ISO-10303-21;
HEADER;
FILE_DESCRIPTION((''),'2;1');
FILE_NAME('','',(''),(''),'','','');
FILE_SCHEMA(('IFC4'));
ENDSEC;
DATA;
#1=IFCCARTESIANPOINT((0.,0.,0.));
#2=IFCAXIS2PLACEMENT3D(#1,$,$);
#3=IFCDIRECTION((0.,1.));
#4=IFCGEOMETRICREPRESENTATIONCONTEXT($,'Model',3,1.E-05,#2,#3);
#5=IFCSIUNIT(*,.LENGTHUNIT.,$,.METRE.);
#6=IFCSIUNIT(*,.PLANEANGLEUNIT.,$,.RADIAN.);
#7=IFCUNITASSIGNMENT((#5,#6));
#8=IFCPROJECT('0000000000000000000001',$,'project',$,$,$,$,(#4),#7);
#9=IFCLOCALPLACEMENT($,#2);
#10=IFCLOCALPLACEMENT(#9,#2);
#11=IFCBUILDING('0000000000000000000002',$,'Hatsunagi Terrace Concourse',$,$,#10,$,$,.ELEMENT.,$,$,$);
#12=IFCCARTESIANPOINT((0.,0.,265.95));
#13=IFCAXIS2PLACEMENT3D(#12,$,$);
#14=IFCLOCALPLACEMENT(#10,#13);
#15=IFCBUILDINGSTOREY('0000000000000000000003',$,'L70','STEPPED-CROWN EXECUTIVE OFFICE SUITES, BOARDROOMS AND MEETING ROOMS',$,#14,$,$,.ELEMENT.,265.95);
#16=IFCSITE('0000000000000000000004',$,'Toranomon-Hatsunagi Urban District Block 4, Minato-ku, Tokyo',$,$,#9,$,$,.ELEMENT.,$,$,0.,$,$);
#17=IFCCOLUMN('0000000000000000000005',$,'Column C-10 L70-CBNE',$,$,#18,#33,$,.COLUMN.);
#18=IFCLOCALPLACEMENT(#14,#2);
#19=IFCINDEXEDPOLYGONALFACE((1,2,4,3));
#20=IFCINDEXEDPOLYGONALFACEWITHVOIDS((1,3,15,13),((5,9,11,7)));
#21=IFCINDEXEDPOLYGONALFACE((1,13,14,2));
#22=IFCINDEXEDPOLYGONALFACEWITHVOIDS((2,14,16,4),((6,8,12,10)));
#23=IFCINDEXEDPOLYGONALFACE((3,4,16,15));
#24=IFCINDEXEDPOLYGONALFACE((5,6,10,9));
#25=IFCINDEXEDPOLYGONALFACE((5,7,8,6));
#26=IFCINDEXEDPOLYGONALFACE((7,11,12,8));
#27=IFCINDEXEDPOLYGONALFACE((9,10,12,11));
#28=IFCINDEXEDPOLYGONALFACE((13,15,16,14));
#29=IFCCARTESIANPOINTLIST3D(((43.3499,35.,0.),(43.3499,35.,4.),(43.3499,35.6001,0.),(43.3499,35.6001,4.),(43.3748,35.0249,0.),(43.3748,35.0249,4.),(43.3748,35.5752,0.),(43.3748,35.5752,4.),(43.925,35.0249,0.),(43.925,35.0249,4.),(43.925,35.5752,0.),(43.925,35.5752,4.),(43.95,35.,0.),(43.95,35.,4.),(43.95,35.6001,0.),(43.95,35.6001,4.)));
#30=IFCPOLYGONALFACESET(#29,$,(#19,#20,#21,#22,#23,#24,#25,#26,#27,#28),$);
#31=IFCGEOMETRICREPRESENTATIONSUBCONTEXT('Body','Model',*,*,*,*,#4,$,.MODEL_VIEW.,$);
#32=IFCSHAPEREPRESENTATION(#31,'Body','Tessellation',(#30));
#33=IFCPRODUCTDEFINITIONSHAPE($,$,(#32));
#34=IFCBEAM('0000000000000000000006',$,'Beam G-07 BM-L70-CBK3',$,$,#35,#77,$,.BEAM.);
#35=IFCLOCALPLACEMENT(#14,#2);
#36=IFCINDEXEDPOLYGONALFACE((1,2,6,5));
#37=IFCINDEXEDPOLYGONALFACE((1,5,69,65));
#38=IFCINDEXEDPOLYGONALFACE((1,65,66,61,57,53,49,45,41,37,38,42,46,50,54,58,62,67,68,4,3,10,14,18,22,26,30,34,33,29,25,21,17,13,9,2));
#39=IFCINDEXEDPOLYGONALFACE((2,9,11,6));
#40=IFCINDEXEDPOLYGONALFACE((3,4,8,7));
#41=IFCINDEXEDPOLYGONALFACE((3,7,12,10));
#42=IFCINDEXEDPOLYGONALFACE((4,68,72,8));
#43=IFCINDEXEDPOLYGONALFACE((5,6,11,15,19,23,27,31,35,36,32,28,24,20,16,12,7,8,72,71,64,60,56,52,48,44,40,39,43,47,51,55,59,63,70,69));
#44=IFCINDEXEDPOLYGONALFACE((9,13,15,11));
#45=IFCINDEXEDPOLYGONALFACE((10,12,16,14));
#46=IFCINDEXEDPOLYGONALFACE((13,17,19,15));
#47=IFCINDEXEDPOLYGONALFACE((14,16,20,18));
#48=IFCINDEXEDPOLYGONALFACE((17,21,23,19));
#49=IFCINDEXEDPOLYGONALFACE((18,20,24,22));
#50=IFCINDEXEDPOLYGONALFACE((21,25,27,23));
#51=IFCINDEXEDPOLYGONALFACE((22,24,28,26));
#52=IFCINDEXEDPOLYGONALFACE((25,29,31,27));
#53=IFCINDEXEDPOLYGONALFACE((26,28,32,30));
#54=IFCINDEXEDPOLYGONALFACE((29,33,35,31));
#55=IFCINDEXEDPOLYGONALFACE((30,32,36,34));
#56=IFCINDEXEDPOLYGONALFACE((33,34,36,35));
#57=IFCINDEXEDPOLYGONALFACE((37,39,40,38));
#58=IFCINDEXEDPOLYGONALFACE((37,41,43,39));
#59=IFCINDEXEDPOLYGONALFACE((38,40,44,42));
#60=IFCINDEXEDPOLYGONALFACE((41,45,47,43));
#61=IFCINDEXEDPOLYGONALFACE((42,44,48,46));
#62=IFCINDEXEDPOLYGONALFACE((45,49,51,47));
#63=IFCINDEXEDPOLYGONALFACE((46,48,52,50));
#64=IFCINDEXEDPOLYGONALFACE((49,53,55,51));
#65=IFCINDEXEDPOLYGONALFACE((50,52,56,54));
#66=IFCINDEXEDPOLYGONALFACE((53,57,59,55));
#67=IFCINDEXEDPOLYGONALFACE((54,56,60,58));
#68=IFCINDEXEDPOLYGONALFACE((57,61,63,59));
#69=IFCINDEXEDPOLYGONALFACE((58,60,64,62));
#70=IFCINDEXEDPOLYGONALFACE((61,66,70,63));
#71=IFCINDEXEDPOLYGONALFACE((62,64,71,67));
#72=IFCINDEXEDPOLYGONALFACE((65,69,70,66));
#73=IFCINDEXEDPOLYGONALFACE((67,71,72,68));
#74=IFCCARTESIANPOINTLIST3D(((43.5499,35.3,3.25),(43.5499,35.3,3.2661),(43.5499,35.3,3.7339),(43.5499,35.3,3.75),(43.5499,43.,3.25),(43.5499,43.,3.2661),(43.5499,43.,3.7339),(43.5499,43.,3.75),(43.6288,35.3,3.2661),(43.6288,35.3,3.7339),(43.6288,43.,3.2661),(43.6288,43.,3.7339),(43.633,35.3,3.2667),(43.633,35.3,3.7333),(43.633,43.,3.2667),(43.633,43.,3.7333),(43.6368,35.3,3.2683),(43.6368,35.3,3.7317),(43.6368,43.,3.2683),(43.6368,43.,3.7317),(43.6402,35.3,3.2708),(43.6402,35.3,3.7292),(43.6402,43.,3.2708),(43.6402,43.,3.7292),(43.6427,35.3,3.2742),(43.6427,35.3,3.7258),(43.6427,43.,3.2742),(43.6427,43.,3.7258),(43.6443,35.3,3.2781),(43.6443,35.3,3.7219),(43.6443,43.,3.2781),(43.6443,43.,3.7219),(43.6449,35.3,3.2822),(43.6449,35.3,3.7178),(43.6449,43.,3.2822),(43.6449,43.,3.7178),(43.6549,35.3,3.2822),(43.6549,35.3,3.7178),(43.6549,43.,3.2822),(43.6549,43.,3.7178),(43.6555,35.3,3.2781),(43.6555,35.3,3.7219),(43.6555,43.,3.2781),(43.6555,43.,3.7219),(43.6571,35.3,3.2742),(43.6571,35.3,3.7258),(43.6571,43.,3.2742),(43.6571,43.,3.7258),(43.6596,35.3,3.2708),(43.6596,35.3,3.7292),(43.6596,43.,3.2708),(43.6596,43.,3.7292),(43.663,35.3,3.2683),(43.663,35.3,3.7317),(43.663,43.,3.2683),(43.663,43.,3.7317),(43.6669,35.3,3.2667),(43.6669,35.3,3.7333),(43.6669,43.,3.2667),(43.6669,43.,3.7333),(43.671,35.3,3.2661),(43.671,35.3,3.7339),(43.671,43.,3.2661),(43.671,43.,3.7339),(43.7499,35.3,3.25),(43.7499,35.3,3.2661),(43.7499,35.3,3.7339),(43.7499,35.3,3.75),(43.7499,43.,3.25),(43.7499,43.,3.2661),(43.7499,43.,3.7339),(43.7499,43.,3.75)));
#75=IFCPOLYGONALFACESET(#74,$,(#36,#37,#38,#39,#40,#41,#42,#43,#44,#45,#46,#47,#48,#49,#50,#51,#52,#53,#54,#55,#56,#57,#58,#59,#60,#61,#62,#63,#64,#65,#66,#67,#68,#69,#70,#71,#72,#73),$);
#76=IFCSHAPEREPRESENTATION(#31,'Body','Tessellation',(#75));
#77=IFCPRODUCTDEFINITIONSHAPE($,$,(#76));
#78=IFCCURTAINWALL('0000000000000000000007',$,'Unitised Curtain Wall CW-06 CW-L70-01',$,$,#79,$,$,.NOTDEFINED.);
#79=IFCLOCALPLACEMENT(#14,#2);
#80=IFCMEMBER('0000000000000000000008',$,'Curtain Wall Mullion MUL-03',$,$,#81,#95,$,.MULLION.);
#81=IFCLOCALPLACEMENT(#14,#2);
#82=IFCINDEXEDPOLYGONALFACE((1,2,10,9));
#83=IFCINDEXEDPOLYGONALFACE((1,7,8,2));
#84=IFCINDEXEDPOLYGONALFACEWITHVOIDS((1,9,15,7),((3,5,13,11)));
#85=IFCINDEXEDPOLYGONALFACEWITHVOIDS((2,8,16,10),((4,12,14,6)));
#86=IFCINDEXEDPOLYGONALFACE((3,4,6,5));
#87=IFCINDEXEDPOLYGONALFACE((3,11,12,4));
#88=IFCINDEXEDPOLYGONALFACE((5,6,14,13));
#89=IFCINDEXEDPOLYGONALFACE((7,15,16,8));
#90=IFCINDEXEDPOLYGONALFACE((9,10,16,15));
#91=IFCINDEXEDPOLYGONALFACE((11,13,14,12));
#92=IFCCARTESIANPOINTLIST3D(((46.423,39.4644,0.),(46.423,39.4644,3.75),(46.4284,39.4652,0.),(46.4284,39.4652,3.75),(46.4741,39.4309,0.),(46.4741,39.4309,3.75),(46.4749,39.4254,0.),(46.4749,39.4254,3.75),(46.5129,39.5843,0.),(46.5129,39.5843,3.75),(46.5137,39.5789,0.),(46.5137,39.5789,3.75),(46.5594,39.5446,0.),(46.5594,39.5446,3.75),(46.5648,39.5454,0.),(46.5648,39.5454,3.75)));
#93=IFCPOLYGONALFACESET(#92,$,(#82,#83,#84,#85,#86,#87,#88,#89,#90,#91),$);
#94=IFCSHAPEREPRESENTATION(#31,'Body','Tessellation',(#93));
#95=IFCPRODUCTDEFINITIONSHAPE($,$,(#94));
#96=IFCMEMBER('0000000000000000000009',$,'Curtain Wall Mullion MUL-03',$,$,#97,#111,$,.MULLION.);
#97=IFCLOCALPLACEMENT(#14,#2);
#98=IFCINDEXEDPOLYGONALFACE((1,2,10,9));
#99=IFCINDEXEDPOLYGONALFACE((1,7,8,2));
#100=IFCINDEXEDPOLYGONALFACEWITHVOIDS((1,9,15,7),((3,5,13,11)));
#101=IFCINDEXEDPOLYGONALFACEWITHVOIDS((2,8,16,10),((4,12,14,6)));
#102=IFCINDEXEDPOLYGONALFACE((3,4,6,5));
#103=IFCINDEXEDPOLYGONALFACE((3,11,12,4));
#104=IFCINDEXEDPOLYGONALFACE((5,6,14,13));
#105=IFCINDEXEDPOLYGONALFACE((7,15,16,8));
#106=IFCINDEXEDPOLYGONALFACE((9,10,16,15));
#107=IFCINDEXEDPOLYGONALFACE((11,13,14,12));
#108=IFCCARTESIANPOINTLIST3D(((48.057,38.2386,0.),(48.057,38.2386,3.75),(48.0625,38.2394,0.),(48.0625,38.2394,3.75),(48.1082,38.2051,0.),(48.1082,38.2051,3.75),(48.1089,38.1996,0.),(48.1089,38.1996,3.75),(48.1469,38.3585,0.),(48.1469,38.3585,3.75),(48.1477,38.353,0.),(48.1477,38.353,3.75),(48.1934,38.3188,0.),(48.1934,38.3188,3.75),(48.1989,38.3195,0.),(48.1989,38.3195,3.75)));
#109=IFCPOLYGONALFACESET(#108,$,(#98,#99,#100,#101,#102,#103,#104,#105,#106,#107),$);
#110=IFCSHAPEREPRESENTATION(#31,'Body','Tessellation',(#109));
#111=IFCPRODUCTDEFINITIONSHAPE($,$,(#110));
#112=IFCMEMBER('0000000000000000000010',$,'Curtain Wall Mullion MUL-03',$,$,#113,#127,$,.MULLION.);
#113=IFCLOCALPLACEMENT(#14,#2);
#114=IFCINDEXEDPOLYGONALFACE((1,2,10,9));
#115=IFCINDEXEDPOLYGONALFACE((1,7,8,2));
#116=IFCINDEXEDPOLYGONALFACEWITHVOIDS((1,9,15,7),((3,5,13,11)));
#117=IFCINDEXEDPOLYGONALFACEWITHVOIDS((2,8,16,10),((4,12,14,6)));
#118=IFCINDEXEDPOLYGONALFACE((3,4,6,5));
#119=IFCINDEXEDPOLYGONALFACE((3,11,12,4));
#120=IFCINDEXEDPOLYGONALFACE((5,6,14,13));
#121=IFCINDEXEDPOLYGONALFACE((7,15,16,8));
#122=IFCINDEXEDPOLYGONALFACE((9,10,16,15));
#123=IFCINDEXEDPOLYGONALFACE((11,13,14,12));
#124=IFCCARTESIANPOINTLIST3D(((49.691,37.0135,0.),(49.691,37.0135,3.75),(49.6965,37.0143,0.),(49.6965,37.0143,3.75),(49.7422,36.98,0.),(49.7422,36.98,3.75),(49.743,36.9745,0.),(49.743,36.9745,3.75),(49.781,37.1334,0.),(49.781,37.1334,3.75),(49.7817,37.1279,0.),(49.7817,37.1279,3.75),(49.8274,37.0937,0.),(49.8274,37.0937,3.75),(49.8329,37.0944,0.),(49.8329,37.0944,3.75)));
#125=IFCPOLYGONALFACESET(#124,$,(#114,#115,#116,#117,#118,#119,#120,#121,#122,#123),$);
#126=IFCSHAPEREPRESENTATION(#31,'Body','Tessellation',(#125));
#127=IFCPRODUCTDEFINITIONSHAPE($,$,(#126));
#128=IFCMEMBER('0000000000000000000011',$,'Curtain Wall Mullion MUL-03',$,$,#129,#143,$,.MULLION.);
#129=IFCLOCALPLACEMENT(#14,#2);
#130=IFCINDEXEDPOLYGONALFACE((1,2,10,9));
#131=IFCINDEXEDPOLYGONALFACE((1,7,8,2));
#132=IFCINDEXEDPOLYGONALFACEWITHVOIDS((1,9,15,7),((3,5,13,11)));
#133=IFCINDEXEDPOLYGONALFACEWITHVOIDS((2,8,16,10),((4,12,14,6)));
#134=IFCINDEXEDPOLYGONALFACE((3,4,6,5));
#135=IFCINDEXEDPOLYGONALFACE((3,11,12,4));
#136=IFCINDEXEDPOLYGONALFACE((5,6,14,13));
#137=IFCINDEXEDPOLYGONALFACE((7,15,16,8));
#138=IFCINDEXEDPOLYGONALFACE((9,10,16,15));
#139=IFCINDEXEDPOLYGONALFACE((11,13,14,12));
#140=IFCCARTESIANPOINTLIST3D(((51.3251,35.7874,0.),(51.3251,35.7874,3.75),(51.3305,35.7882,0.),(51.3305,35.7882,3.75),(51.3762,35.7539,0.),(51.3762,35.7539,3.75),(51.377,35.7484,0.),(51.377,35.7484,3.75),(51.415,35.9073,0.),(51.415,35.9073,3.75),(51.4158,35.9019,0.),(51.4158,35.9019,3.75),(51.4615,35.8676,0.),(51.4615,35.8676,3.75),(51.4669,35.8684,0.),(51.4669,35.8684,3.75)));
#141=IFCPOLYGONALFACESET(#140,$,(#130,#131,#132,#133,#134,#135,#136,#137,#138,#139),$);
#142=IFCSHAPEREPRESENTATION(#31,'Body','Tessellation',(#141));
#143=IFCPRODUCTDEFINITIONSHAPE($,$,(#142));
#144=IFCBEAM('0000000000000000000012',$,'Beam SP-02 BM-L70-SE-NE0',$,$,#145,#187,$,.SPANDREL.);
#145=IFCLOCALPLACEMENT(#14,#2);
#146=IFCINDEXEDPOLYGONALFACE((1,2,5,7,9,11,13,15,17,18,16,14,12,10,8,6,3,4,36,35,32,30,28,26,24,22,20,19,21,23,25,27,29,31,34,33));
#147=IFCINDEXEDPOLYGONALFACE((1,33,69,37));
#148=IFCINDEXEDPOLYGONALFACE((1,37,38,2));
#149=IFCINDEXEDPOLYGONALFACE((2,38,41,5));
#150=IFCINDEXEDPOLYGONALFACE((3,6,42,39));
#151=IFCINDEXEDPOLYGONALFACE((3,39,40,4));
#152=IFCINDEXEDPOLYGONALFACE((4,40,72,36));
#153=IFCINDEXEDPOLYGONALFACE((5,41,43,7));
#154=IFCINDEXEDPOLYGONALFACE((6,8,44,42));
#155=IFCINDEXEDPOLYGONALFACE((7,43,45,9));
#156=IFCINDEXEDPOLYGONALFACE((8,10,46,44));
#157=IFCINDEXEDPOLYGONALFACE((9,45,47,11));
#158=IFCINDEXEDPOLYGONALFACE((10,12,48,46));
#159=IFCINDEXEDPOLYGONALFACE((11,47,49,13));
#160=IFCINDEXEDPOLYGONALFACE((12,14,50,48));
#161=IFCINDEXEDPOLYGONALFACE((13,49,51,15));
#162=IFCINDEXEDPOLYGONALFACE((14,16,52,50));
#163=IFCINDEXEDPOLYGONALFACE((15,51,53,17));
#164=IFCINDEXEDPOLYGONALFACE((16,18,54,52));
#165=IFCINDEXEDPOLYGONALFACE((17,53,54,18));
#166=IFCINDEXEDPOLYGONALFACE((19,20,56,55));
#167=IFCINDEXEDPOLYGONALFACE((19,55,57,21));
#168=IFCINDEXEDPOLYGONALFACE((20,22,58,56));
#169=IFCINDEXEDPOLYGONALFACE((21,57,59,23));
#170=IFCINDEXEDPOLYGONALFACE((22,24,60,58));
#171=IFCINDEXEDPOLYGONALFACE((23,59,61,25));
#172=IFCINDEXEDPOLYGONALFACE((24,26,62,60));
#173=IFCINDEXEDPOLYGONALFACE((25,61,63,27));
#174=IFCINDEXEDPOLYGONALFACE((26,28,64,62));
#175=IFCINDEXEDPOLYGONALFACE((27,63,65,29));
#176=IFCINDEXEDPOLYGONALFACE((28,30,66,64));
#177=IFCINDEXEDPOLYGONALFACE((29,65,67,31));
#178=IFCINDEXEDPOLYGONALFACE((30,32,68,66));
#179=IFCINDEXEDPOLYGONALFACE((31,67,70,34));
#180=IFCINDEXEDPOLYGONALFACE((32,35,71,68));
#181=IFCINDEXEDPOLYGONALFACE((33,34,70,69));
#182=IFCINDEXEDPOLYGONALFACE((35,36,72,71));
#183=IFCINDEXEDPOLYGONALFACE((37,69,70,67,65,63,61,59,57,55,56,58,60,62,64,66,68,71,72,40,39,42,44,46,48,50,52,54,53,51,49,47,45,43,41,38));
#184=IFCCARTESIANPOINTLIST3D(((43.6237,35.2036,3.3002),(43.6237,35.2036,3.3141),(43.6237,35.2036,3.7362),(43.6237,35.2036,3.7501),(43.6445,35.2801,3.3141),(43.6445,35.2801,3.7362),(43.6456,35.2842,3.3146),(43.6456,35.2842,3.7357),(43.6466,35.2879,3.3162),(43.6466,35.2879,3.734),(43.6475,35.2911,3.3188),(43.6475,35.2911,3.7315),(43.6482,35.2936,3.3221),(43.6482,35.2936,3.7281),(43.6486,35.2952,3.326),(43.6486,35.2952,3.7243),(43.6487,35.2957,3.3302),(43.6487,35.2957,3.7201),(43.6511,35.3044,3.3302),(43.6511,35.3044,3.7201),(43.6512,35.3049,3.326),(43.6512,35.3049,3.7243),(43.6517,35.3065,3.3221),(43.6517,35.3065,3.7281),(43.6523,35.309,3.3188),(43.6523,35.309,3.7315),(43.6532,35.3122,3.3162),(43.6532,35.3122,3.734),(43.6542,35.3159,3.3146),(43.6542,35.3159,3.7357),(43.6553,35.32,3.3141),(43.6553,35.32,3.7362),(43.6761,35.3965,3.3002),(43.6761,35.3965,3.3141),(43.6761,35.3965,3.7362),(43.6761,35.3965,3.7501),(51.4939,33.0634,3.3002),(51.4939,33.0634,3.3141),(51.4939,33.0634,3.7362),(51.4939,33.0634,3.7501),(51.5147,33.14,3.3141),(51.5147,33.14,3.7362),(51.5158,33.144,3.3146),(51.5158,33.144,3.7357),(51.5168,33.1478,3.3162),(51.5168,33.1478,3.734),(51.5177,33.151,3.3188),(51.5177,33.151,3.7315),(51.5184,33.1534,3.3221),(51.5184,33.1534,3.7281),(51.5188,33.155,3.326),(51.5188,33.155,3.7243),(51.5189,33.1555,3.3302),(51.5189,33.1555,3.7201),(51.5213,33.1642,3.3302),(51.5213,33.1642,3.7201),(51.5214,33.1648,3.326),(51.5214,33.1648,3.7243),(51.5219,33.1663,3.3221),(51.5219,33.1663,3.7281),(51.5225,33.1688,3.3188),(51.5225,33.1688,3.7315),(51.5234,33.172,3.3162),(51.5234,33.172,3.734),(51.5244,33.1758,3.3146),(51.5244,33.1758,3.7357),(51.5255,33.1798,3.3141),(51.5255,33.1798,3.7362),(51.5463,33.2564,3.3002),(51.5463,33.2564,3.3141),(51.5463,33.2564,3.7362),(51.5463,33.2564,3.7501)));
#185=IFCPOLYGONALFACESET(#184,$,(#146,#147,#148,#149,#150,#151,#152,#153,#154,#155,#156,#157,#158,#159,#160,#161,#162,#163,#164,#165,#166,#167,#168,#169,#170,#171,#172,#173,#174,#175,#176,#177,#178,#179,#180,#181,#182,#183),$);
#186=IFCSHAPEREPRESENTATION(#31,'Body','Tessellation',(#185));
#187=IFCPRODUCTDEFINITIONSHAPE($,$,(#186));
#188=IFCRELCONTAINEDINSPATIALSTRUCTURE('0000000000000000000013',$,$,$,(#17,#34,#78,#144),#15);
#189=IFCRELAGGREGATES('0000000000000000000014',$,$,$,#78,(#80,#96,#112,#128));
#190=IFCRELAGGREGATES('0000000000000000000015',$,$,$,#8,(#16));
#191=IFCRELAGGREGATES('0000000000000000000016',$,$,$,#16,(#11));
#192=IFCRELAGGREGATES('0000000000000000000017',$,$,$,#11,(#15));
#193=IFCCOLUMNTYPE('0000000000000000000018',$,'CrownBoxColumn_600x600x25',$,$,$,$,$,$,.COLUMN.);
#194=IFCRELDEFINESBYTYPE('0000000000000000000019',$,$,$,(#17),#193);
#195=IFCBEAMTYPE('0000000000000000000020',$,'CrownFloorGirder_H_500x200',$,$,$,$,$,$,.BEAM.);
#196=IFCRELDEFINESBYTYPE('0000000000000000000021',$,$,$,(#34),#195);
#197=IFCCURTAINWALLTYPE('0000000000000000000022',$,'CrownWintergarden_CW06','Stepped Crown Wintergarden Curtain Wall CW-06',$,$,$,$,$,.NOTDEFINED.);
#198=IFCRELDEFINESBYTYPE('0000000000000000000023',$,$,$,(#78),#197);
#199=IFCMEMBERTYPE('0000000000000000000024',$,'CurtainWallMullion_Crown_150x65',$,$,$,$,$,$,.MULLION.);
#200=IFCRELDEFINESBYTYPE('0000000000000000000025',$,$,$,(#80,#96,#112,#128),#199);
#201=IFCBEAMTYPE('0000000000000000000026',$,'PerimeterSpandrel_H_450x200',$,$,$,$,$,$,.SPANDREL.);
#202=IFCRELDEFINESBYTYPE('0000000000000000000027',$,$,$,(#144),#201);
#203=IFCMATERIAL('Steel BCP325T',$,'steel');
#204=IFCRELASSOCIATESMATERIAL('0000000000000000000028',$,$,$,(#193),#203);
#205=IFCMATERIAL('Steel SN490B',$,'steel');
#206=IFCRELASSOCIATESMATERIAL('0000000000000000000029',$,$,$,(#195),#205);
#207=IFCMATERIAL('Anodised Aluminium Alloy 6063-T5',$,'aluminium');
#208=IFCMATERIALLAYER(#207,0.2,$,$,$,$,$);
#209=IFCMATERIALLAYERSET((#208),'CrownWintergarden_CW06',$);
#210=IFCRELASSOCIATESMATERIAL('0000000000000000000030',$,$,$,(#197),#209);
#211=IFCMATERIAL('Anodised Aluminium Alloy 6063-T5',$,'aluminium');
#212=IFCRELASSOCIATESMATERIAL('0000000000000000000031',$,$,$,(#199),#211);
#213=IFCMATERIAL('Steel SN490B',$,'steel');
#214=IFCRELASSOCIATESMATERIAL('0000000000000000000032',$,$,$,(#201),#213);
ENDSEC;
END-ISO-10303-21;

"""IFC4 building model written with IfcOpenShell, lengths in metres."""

from ifc_helpers import new_model, si_unit, direction, frame, origin, origin_2d, place, context, subcontext, project, spatial, hollow_rectangle, i_section, extrude, material, layer, layer_set, material_profile, profile_set, type_object, element, aggregate, save


model = new_model("IFC4")

# Units and contexts
model_context = context("Model", 3, precision=1e-05, world=origin(), true_north=direction((0.0, 1.0)))
body_context = subcontext(model_context, "Body", "Model", "MODEL_VIEW")
ifc_project = project(units=[si_unit("LENGTHUNIT", "METRE"), si_unit("PLANEANGLEUNIT", "RADIAN")], contexts=[model_context])

# Site, building, storey
site_placement = place(None, origin())
site = spatial("IfcSite", under=ifc_project, at=site_placement, Name="Toranomon-Hatsunagi Urban District Block 4, Minato-ku, Tokyo", CompositionType="ELEMENT", RefElevation=0.0)
building_placement = place(site_placement, origin())
building = spatial("IfcBuilding", under=site, at=building_placement, Name="Hatsunagi Terrace Concourse", CompositionType="ELEMENT")
storey_placement = place(building_placement, frame((0.0, 0.0, 265.95)))
storey = spatial("IfcBuildingStorey", under=building, at=storey_placement, Name="L70", Description="STEPPED-CROWN EXECUTIVE OFFICE SUITES, BOARDROOMS AND MEETING ROOMS", CompositionType="ELEMENT", Elevation=265.95)

# Column
ifc_material_1 = material(Name="Steel BCP325T", Category="steel")
ifc_material_profile_1 = material_profile(ifc_material_1, hollow_rectangle(XDim=0.6001, YDim=0.6001, WallThickness=0.0249, at=origin_2d()), Name="BCP-600x600x25")
ifc_profile_set_1 = profile_set([ifc_material_profile_1], Name="Steel BCP325T")
column_type = type_object("IfcColumnType", Name="CrownBoxColumn_600x600x25", PredefinedType="COLUMN", material=ifc_profile_set_1)
column_placement = place(storey_placement, frame((43.6499, 35.3, 0.0), z_axis=(0.0, 0.0, 1.0), x_axis=(1.0, 0.0, 0.0)))
element("IfcColumn", 1, at=column_placement, inside=storey, type_object=column_type, Name="Column C-10 L70-CBNE", PredefinedType="COLUMN", context=body_context, shape_type="SweptSolid", body=[
    extrude(hollow_rectangle(XDim=0.6001, YDim=0.6001, WallThickness=0.0249, at=origin_2d()), origin(), (0.0, 0.0, 1.0), 4.0),
])

# Beam
ifc_material_2 = material(Name="Steel SN490B", Category="steel")
ifc_material_profile_2 = material_profile(ifc_material_2, i_section(OverallWidth=0.2, OverallDepth=0.5, WebThickness=0.01, FlangeThickness=0.0161, FilletRadius=0.0161, at=origin_2d()), Name="H-500x200x10x16")
ifc_profile_set_2 = profile_set([ifc_material_profile_2], Name="Steel SN490B")
beam_type_1 = type_object("IfcBeamType", Name="CrownFloorGirder_H_500x200", PredefinedType="BEAM", material=ifc_profile_set_2)
beam_1_placement = place(storey_placement, frame((43.6499, 35.3, 3.5), z_axis=(0.0, 1.0, 0.0), x_axis=(-1.0, 0.0, 0.0)))
element("IfcBeam", 2, at=beam_1_placement, inside=storey, type_object=beam_type_1, Name="Beam G-07 BM-L70-CBK3", PredefinedType="BEAM", context=body_context, shape_type="SweptSolid", body=[
    extrude(i_section(OverallWidth=0.2, OverallDepth=0.5, WebThickness=0.01, FlangeThickness=0.0161, FilletRadius=0.0161, at=origin_2d()), origin(), (0.0, 0.0, 1.0), 7.7),
])

# Curtain wall, members
ifc_material_3 = material(Name="Anodised Aluminium Alloy 6063-T5", Category="aluminium")
ifc_layer_1 = layer(ifc_material_3, 0.2)
ifc_layer_set_1 = layer_set([ifc_layer_1], Name="CrownWintergarden_CW06")
curtain_wall_type = type_object("IfcCurtainWallType", Name="CrownWintergarden_CW06", Description="Stepped Crown Wintergarden Curtain Wall CW-06", PredefinedType="NOTDEFINED", material=ifc_layer_set_1)
curtain_wall_placement = place(storey_placement, origin())
curtain_wall = element("IfcCurtainWall", 3, at=curtain_wall_placement, inside=storey, type_object=curtain_wall_type, Name="Unitised Curtain Wall CW-06 CW-L70-01", PredefinedType="NOTDEFINED")
ifc_material_4 = material(Name="Anodised Aluminium Alloy 6063-T5", Category="aluminium")
ifc_material_profile_3 = material_profile(ifc_material_4, hollow_rectangle(XDim=0.0649, YDim=0.1499, WallThickness=0.0039, at=origin_2d()), Name="ALU-MUL-150x65x4")
ifc_profile_set_3 = profile_set([ifc_material_profile_3], Name="Anodised Aluminium Alloy 6063-T5")
member_type = type_object("IfcMemberType", Name="CurtainWallMullion_Crown_150x65", PredefinedType="MULLION", material=ifc_profile_set_3)
member_1_placement = place(storey_placement, frame((46.4939, 39.5049, 0.0), z_axis=(0.0, 0.0, 1.0), x_axis=(0.800023, -0.599969, 0.0)))
member_1 = element("IfcMember", 4, at=member_1_placement, type_object=member_type, Name="Curtain Wall Mullion MUL-03", PredefinedType="MULLION", context=body_context, shape_type="SweptSolid", body=[
    extrude(hollow_rectangle(XDim=0.0649, YDim=0.1499, WallThickness=0.0039, at=origin_2d()), origin(), (0.0, 0.0, 1.0), 3.75),
])
member_2_placement = place(storey_placement, frame((48.1279, 38.2791, 0.0), z_axis=(0.0, 0.0, 1.0), x_axis=(0.800023, -0.599969, 0.0)))
member_2 = element("IfcMember", 5, at=member_2_placement, type_object=member_type, Name="Curtain Wall Mullion MUL-03", PredefinedType="MULLION", context=body_context, shape_type="SweptSolid", body=[
    extrude(hollow_rectangle(XDim=0.0649, YDim=0.1499, WallThickness=0.0039, at=origin_2d()), origin(), (0.0, 0.0, 1.0), 3.75),
])
member_3_placement = place(storey_placement, frame((49.762, 37.054, 0.0), z_axis=(0.0, 0.0, 1.0), x_axis=(0.800023, -0.599969, 0.0)))
member_3 = element("IfcMember", 6, at=member_3_placement, type_object=member_type, Name="Curtain Wall Mullion MUL-03", PredefinedType="MULLION", context=body_context, shape_type="SweptSolid", body=[
    extrude(hollow_rectangle(XDim=0.0649, YDim=0.1499, WallThickness=0.0039, at=origin_2d()), origin(), (0.0, 0.0, 1.0), 3.75),
])
member_4_placement = place(storey_placement, frame((51.396, 35.8279, 0.0), z_axis=(0.0, 0.0, 1.0), x_axis=(0.800023, -0.599969, 0.0)))
member_4 = element("IfcMember", 7, at=member_4_placement, type_object=member_type, Name="Curtain Wall Mullion MUL-03", PredefinedType="MULLION", context=body_context, shape_type="SweptSolid", body=[
    extrude(hollow_rectangle(XDim=0.0649, YDim=0.1499, WallThickness=0.0039, at=origin_2d()), origin(), (0.0, 0.0, 1.0), 3.75),
])

# Beam
ifc_material_5 = material(Name="Steel SN490B", Category="steel")
ifc_material_profile_4 = material_profile(ifc_material_5, i_section(OverallWidth=0.2, OverallDepth=0.45, WebThickness=0.009, FlangeThickness=0.0139, FilletRadius=0.0161, at=origin_2d()), Name="H-450x200x9x14")
ifc_profile_set_4 = profile_set([ifc_material_profile_4], Name="Steel SN490B")
beam_type_2 = type_object("IfcBeamType", Name="PerimeterSpandrel_H_450x200", PredefinedType="SPANDREL", material=ifc_profile_set_4)
beam_2_placement = place(storey_placement, frame((43.6499, 35.3, 3.5251), z_axis=(0.964958, -0.262403, 0.0), x_axis=(0.262403, 0.964958, 0.0)))
element("IfcBeam", 8, at=beam_2_placement, inside=storey, type_object=beam_type_2, Name="Beam SP-02 BM-L70-SE-NE0", PredefinedType="SPANDREL", context=body_context, shape_type="SweptSolid", body=[
    extrude(i_section(OverallWidth=0.2, OverallDepth=0.45, WebThickness=0.009, FlangeThickness=0.0139, FilletRadius=0.0161, at=origin_2d()), origin(), (0.0, 0.0, 1.0), 8.156),
])

aggregate(curtain_wall, [member_1, member_2, member_3, member_4])

save(model, "model.ifc")
